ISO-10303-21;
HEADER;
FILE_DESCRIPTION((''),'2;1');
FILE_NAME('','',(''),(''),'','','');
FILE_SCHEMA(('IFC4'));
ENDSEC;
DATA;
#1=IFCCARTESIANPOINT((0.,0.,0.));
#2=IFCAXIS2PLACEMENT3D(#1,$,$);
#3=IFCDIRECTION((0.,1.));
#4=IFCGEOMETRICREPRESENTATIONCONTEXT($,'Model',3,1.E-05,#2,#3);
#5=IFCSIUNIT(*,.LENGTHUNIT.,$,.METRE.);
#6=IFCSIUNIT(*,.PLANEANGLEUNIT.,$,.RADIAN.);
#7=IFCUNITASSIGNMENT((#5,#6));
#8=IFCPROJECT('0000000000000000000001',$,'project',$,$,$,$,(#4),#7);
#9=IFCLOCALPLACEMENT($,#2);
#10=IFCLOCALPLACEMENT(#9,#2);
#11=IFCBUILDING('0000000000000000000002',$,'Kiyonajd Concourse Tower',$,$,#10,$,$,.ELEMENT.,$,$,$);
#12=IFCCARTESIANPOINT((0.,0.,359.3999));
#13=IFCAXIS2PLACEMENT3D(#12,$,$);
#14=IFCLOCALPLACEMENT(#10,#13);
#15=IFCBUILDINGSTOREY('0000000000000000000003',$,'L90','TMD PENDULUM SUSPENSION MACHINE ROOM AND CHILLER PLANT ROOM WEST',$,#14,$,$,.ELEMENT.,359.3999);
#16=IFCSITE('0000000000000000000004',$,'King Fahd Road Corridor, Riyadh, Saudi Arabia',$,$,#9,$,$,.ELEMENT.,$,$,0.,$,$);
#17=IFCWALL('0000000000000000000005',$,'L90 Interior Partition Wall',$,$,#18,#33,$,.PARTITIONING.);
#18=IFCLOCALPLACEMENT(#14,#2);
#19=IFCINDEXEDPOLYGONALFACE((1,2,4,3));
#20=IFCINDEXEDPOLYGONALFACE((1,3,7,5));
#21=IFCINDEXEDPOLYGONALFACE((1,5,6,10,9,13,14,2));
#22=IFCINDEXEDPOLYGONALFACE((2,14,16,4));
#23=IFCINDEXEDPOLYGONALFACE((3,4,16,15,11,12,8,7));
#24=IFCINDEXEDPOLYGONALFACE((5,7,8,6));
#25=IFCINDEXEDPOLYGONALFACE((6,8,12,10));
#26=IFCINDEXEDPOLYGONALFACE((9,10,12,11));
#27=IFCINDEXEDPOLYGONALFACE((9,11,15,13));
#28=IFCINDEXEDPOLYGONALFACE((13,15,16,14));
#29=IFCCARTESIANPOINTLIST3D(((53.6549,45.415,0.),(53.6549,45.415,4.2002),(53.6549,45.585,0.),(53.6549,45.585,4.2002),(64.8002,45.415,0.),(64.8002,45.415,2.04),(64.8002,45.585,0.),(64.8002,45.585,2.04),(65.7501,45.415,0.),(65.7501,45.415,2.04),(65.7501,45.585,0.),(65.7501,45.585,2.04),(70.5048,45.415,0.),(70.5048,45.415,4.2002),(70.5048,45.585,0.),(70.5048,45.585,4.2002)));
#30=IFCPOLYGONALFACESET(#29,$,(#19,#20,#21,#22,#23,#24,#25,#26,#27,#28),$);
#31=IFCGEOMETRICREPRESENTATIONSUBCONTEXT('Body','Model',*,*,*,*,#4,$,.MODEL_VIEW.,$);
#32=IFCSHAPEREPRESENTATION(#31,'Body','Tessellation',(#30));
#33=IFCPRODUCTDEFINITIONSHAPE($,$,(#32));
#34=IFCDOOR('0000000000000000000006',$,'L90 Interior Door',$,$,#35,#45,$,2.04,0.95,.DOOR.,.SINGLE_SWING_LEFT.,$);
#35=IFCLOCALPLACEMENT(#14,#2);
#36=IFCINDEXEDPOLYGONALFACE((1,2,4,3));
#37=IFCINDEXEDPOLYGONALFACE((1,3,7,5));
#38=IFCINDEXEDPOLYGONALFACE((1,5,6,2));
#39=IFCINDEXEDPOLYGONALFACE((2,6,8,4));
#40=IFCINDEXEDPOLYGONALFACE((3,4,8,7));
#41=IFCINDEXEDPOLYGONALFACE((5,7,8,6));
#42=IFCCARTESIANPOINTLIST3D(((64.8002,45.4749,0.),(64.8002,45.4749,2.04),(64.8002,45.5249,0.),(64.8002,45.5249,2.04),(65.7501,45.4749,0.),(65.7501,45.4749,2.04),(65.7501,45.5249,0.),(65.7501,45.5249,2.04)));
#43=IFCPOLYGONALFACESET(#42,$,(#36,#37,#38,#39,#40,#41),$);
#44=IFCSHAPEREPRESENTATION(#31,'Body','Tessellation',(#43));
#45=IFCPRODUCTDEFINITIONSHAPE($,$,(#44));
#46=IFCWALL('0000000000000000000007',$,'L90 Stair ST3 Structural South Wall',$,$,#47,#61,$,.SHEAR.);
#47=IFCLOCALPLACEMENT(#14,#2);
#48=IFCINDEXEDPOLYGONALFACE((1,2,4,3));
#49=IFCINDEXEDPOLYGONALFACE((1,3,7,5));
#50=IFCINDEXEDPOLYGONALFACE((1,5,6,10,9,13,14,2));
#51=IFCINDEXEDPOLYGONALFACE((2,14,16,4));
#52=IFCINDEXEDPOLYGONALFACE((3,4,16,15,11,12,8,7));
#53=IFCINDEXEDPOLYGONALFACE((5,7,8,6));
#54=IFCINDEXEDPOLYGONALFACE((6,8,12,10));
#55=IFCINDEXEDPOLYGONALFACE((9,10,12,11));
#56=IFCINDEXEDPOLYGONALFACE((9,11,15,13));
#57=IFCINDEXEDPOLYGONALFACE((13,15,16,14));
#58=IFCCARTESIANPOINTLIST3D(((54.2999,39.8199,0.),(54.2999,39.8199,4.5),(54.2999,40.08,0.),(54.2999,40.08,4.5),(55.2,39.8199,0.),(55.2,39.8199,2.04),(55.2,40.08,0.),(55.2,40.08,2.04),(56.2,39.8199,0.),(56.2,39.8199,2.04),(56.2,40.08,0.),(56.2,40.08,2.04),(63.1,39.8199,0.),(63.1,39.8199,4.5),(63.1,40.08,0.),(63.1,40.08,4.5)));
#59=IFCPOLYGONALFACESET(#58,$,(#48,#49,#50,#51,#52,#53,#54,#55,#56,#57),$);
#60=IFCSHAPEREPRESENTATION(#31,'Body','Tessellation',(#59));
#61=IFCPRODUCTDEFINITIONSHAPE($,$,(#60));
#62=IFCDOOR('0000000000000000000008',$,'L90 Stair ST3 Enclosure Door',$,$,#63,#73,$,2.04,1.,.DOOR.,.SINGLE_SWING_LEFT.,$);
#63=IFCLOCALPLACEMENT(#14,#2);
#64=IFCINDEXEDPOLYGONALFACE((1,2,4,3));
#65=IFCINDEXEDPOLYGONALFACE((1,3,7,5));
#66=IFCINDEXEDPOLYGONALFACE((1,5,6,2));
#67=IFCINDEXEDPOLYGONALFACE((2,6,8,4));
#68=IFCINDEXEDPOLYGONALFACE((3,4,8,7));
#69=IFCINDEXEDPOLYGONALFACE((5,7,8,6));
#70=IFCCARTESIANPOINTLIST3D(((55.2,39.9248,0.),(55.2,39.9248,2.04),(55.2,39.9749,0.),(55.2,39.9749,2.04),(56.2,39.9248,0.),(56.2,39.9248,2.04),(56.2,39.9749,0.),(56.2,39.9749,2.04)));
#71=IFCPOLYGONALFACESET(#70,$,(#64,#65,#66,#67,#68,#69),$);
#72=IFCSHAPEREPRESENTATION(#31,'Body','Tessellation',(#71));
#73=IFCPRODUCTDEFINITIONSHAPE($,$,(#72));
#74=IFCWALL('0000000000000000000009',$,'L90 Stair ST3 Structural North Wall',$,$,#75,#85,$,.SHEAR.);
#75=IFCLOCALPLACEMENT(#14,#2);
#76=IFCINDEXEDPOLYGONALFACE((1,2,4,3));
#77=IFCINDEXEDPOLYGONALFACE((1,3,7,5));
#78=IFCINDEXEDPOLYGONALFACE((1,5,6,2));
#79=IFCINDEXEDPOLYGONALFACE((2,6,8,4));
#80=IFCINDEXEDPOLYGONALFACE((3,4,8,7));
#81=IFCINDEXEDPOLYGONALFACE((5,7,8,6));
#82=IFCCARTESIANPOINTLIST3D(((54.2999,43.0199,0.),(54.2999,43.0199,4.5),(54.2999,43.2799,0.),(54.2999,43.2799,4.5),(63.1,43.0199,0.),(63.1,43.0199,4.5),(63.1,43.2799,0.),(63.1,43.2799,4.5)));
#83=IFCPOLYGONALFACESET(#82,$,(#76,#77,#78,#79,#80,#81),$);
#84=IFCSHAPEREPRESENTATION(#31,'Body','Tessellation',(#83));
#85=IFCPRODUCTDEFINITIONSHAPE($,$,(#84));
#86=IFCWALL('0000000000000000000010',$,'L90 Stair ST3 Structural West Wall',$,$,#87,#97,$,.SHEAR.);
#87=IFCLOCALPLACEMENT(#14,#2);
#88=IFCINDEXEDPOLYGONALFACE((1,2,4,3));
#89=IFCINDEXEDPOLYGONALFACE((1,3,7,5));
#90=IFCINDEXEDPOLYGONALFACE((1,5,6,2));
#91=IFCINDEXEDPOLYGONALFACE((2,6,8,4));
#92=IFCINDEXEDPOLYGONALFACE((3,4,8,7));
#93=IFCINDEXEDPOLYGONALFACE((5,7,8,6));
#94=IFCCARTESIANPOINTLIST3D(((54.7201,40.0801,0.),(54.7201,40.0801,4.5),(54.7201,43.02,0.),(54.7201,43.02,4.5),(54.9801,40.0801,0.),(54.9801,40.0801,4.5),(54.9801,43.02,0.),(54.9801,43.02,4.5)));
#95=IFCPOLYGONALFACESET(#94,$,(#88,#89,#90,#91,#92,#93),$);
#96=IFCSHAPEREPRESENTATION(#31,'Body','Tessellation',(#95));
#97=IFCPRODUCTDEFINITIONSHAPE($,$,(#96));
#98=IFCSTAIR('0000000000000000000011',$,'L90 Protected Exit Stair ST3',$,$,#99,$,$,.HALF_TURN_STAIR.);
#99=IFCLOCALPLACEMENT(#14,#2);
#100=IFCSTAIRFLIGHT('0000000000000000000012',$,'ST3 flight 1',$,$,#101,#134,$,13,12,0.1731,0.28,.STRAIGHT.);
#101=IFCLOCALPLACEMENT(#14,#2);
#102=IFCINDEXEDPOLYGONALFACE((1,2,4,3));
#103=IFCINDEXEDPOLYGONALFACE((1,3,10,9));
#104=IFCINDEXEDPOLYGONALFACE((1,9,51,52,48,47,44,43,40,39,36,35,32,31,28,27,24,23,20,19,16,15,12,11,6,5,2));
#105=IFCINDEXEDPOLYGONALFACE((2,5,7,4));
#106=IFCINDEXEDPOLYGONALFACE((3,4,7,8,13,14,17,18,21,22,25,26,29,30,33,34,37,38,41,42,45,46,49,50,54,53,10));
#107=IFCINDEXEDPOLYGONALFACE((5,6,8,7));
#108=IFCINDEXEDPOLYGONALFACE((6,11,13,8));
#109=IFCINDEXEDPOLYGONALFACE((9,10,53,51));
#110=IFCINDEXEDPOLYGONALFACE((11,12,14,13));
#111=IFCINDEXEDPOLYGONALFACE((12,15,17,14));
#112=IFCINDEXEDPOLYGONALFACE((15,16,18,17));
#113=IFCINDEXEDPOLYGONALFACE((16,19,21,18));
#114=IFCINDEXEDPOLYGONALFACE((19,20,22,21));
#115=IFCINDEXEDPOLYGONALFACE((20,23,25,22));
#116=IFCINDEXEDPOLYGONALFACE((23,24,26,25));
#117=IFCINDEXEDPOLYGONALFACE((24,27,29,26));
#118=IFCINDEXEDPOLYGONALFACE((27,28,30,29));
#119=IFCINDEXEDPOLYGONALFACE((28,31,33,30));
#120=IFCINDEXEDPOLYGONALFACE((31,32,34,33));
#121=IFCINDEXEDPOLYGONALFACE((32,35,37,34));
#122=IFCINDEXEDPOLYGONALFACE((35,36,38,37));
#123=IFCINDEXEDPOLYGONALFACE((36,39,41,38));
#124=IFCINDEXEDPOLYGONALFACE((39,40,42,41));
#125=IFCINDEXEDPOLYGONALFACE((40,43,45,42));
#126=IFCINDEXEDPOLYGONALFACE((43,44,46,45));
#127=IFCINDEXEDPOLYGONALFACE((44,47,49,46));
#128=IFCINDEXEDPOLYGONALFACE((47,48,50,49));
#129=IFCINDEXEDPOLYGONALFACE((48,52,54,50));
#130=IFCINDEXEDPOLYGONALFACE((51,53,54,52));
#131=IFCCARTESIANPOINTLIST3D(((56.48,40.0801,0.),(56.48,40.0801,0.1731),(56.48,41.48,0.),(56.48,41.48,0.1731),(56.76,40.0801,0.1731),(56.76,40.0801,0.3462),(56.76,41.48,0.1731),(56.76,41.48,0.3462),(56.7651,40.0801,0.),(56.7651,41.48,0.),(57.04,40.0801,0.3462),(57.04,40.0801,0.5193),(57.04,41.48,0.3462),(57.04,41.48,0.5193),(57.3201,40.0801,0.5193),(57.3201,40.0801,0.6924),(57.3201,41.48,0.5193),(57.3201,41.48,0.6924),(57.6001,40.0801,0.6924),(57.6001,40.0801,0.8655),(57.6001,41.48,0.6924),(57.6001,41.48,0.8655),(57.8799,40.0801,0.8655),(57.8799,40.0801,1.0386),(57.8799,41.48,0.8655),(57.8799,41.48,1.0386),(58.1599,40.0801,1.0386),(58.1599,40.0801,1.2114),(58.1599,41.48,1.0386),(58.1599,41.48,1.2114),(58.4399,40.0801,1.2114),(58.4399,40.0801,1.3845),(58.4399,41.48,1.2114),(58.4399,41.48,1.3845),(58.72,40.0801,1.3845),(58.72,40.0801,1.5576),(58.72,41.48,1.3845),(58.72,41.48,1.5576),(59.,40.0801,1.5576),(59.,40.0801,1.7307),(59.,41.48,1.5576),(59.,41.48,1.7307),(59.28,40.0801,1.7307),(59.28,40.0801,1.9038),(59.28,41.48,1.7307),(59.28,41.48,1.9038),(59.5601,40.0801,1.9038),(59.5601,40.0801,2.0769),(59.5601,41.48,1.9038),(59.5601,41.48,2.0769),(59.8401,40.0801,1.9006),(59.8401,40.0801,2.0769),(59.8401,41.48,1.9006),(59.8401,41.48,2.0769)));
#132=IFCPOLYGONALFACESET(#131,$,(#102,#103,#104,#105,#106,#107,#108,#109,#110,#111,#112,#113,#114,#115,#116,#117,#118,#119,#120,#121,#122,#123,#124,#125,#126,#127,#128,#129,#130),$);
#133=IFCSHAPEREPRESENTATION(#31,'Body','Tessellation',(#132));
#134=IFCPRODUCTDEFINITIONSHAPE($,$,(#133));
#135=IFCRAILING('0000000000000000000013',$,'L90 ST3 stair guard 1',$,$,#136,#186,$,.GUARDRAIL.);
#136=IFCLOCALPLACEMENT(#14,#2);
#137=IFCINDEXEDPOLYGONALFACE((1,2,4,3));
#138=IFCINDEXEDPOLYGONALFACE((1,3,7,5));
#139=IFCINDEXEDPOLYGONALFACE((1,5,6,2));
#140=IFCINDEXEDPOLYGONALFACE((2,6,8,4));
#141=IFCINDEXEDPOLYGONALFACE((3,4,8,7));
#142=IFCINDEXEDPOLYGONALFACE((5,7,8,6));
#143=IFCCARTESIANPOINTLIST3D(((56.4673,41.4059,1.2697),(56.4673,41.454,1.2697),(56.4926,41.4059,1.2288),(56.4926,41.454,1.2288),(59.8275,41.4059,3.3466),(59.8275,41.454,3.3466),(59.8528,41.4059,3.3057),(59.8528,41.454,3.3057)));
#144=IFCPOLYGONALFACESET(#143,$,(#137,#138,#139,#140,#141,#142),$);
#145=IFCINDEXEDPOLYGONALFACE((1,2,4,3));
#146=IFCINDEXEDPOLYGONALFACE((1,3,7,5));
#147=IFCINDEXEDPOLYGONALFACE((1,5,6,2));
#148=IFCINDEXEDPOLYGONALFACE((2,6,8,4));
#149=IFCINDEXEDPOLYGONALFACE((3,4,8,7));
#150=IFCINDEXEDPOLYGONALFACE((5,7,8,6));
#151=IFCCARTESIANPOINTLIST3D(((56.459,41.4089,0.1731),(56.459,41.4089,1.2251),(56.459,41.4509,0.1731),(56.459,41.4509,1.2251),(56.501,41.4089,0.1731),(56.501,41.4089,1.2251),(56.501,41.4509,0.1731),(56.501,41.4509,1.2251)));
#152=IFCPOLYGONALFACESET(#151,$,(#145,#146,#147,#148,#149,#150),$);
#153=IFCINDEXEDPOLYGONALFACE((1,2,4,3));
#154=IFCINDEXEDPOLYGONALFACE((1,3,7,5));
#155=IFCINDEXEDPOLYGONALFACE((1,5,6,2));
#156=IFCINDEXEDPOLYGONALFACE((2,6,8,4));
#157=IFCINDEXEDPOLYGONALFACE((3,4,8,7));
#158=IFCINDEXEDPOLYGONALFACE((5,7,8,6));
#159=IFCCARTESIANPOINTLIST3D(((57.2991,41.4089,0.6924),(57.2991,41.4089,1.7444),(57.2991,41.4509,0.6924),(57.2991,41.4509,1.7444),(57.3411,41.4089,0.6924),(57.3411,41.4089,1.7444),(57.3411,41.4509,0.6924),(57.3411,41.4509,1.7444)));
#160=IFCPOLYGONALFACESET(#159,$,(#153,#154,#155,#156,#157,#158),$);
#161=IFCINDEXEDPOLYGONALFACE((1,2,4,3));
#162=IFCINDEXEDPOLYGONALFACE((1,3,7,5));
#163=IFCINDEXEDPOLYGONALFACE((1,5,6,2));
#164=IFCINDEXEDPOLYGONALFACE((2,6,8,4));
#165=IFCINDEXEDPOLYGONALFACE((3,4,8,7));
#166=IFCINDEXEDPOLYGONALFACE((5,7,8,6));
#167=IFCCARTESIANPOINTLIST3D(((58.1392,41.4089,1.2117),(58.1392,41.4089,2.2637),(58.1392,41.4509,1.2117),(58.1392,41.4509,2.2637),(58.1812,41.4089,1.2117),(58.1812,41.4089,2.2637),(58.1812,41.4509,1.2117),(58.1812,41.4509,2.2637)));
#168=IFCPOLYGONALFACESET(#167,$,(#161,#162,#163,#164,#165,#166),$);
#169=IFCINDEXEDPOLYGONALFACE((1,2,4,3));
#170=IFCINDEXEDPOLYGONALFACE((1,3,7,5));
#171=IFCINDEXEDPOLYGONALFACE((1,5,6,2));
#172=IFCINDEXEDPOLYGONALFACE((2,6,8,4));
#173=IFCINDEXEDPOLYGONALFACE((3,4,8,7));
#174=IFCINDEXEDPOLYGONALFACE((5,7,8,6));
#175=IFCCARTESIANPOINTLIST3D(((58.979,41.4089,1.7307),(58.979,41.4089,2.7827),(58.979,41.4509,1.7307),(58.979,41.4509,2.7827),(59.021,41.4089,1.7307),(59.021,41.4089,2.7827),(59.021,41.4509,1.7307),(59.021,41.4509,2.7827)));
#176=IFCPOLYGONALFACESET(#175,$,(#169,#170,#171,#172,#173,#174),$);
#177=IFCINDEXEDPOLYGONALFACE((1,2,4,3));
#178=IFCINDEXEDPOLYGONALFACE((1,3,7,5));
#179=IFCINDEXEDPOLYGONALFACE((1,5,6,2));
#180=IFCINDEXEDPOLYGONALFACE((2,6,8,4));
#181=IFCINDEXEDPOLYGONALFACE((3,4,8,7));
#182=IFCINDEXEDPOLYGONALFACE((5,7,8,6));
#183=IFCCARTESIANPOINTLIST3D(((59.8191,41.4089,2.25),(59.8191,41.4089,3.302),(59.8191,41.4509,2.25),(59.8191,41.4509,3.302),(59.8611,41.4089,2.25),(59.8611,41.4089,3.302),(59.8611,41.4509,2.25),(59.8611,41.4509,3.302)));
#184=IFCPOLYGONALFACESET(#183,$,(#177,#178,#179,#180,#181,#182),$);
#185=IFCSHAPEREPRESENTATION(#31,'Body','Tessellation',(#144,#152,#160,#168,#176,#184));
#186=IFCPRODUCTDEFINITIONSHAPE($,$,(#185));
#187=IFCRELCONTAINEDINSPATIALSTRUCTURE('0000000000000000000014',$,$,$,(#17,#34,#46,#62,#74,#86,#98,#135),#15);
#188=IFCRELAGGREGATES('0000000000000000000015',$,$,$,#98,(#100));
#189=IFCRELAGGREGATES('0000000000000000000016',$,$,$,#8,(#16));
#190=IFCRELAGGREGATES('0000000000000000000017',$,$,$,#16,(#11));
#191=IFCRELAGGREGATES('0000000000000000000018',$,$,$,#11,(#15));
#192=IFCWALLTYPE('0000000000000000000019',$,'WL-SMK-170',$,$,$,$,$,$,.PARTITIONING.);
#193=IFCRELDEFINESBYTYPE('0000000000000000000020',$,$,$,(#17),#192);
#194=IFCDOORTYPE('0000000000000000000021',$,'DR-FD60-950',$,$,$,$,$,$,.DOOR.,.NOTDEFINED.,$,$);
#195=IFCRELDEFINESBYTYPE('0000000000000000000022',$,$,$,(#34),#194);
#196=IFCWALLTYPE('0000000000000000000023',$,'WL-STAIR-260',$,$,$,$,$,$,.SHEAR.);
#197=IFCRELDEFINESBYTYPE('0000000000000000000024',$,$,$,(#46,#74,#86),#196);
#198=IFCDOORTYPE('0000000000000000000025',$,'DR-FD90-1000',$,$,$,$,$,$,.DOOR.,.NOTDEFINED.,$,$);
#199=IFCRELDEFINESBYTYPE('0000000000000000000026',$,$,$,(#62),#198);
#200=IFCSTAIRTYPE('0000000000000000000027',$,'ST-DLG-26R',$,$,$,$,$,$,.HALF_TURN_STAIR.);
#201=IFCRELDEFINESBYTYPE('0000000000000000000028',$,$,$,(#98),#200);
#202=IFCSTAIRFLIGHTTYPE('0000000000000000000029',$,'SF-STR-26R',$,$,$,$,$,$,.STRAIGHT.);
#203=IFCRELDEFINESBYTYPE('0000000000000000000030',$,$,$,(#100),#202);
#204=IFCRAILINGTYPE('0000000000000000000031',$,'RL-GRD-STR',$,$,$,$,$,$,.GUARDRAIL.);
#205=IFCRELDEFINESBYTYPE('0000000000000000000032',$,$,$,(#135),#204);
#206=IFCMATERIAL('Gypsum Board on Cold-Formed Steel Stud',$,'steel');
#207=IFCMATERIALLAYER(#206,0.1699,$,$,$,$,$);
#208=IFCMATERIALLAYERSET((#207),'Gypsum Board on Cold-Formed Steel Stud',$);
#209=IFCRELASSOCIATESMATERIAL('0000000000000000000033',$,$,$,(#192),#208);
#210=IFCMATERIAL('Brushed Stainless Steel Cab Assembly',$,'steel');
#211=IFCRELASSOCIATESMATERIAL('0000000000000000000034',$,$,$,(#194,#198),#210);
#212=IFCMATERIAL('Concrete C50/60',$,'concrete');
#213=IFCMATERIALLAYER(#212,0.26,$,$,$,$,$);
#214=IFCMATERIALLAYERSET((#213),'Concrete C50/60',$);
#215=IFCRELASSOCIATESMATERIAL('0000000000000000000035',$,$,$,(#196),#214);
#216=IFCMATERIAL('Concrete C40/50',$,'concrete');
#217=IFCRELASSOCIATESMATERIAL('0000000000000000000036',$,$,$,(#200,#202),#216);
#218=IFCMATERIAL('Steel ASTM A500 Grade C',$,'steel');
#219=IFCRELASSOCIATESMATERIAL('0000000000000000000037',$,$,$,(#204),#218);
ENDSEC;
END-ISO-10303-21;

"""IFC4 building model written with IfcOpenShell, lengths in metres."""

from ifc_helpers import new_model, si_unit, direction, frame, frame_2d, origin, origin_2d, place, context, subcontext, project, spatial, polyline, rectangle, outline, extrude, material, layer, layer_set, type_object, element, fill, aggregate, save


model = new_model("IFC4")

# Units and contexts
model_context = context("Model", 3, precision=1e-05, world=origin(), true_north=direction((0.0, 1.0)))
body_context = subcontext(model_context, "Body", "Model", "MODEL_VIEW")
ifc_project = project(units=[si_unit("LENGTHUNIT", "METRE"), si_unit("PLANEANGLEUNIT", "RADIAN")], contexts=[model_context])

# Site, building, storey
site_placement = place(None, origin())
site = spatial("IfcSite", under=ifc_project, at=site_placement, Name="King Fahd Road Corridor, Riyadh, Saudi Arabia", CompositionType="ELEMENT", RefElevation=0.0)
building_placement = place(site_placement, origin())
building = spatial("IfcBuilding", under=site, at=building_placement, Name="Kiyonajd Concourse Tower", CompositionType="ELEMENT")
storey_placement = place(building_placement, frame((0.0, 0.0, 359.3999)))
storey = spatial("IfcBuildingStorey", under=building, at=storey_placement, Name="L90", Description="TMD PENDULUM SUSPENSION MACHINE ROOM AND CHILLER PLANT ROOM WEST", CompositionType="ELEMENT", Elevation=359.3999)

# Shared definitions
ifc_material_1 = material(Name="Concrete C50/60", Category="concrete")

# Shared definitions
ifc_material_2 = material(Name="Steel ASTM A500 Grade C", Category="steel")

# Walls, openings, doors
ifc_material_3 = material(Name="Gypsum Board on Cold-Formed Steel Stud", Category="steel")
ifc_layer_1 = layer(ifc_material_3, 0.1699)
ifc_layer_set_1 = layer_set([ifc_layer_1], Name="Gypsum Board on Cold-Formed Steel Stud")
wall_type_1 = type_object("IfcWallType", Name="WL-SMK-170", PredefinedType="PARTITIONING", material=ifc_layer_set_1)
wall_1_placement = place(storey_placement, frame((53.655, 45.5, 0.0), z_axis=(0.0, 0.0, 1.0), x_axis=(1.0, 0.0, 0.0)))
wall_1 = element("IfcWall", 1, at=wall_1_placement, inside=storey, type_object=wall_type_1, Name="L90 Interior Partition Wall", PredefinedType="PARTITIONING", context=body_context, shape_type="SweptSolid", body=[
    extrude(rectangle(XDim=16.8499, YDim=0.1699, at=frame_2d((8.4248, 0.0))), origin(), (0.0, 0.0, 1.0), 4.2002),
])
opening_1_placement = place(wall_1_placement, frame((11.145, 0.0, 0.0)))
opening_1 = element("IfcOpeningElement", 2, at=opening_1_placement, cuts=wall_1, PredefinedType="OPENING", context=body_context, shape_type="SweptSolid", body=[
    extrude(rectangle(XDim=0.95, YDim=2.04, at=frame_2d((0.4751, 1.02))), frame((0.0, 0.095, 0.0), z_axis=(0.0, -1.0, 0.0), x_axis=(1.0, 0.0, 0.0)), (0.0, 0.0, 1.0), 0.1899),
])
ifc_material_4 = material(Name="Brushed Stainless Steel Cab Assembly", Category="steel")
door_type_1 = type_object("IfcDoorType", Name="DR-FD60-950", OperationType="NOTDEFINED", PredefinedType="DOOR", material=ifc_material_4)
door_1_placement = place(opening_1_placement, origin())
door_1 = element("IfcDoor", 3, at=door_1_placement, inside=storey, type_object=door_type_1, Name="L90 Interior Door", OperationType="SINGLE_SWING_LEFT", OverallHeight=2.04, OverallWidth=0.95, PredefinedType="DOOR", context=body_context, shape_type="SweptSolid", body=[
    extrude(rectangle(XDim=0.95, YDim=2.04, at=frame_2d((0.4751, 1.02))), frame((0.0, 0.0249, 0.0), z_axis=(0.0, -1.0, 0.0), x_axis=(1.0, 0.0, 0.0)), (0.0, 0.0, 1.0), 0.05),
])
fill(opening_1, door_1)
ifc_layer_2 = layer(ifc_material_1, 0.26)
ifc_layer_set_2 = layer_set([ifc_layer_2], Name="Concrete C50/60")
wall_type_2 = type_object("IfcWallType", Name="WL-STAIR-260", PredefinedType="SHEAR", material=ifc_layer_set_2)
wall_2_placement = place(storey_placement, frame((54.3, 39.95, 0.0), z_axis=(0.0, 0.0, 1.0), x_axis=(1.0, 0.0, 0.0)))
wall_2 = element("IfcWall", 4, at=wall_2_placement, inside=storey, type_object=wall_type_2, Name="L90 Stair ST3 Structural South Wall", PredefinedType="SHEAR", context=body_context, shape_type="SweptSolid", body=[
    extrude(rectangle(XDim=8.8, YDim=0.26, at=frame_2d((4.3999, 0.0))), origin(), (0.0, 0.0, 1.0), 4.5),
])
opening_2_placement = place(wall_2_placement, frame((0.8999, 0.0, 0.0)))
opening_2 = element("IfcOpeningElement", 5, at=opening_2_placement, cuts=wall_2, PredefinedType="OPENING", context=body_context, shape_type="SweptSolid", body=[
    extrude(rectangle(XDim=1.0, YDim=2.04, at=frame_2d((0.5, 1.02))), frame((0.0, 0.1399, 0.0), z_axis=(0.0, -1.0, 0.0), x_axis=(1.0, 0.0, 0.0)), (0.0, 0.0, 1.0), 0.28),
])
door_type_2 = type_object("IfcDoorType", Name="DR-FD90-1000", OperationType="NOTDEFINED", PredefinedType="DOOR", material=ifc_material_4)
door_2_placement = place(opening_2_placement, origin())
door_2 = element("IfcDoor", 6, at=door_2_placement, inside=storey, type_object=door_type_2, Name="L90 Stair ST3 Enclosure Door", OperationType="SINGLE_SWING_LEFT", OverallHeight=2.04, OverallWidth=1.0, PredefinedType="DOOR", context=body_context, shape_type="SweptSolid", body=[
    extrude(rectangle(XDim=1.0, YDim=2.04, at=frame_2d((0.5, 1.02))), frame((0.0, 0.0249, 0.0), z_axis=(0.0, -1.0, 0.0), x_axis=(1.0, 0.0, 0.0)), (0.0, 0.0, 1.0), 0.05),
])
fill(opening_2, door_2)

# Walls
wall_3_placement = place(storey_placement, frame((54.3, 43.1499, 0.0), z_axis=(0.0, 0.0, 1.0), x_axis=(1.0, 0.0, 0.0)))
element("IfcWall", 7, at=wall_3_placement, inside=storey, type_object=wall_type_2, Name="L90 Stair ST3 Structural North Wall", PredefinedType="SHEAR", context=body_context, shape_type="SweptSolid", body=[
    extrude(rectangle(XDim=8.8, YDim=0.26, at=frame_2d((4.3999, 0.0))), origin(), (0.0, 0.0, 1.0), 4.5),
])
wall_4_placement = place(storey_placement, frame((54.8501, 40.0801, 0.0), z_axis=(0.0, 0.0, 1.0), x_axis=(0.0, 1.0, 0.0)))
element("IfcWall", 8, at=wall_4_placement, inside=storey, type_object=wall_type_2, Name="L90 Stair ST3 Structural West Wall", PredefinedType="SHEAR", context=body_context, shape_type="SweptSolid", body=[
    extrude(rectangle(XDim=2.9399, YDim=0.26, at=frame_2d((1.47, 0.0))), origin(), (0.0, 0.0, 1.0), 4.5),
])

# Stair, stair flight
ifc_material_5 = material(Name="Concrete C40/50", Category="concrete")
stair_type = type_object("IfcStairType", Name="ST-DLG-26R", PredefinedType="HALF_TURN_STAIR", material=ifc_material_5)
stair_placement = place(storey_placement, origin())
stair = element("IfcStair", 9, at=stair_placement, inside=storey, type_object=stair_type, Name="L90 Protected Exit Stair ST3", PredefinedType="HALF_TURN_STAIR")
stair_flight_type = type_object("IfcStairFlightType", Name="SF-STR-26R", PredefinedType="STRAIGHT", material=ifc_material_5)
stair_flight_placement = place(storey_placement, frame((56.48, 40.78, 0.0), z_axis=(0.0, 0.0, 1.0), x_axis=(1.0, 0.0, 0.0)))
stair_flight = element("IfcStairFlight", 10, at=stair_flight_placement, type_object=stair_flight_type, Name="ST3 flight 1", NumberOfRisers=13, NumberOfTreads=12, PredefinedType="STRAIGHT", RiserHeight=0.1731, TreadLength=0.28, context=body_context, shape_type="SweptSolid", body=[
    extrude(outline(polyline([(0.0, 0.0), (0.0, 0.1731), (0.28, 0.1731), (0.28, 0.3462), (0.5601, 0.3462), (0.5601, 0.5193), (0.8401, 0.5193), (0.8401, 0.6924), (1.1201, 0.6924), (1.1201, 0.8655), (1.3999, 0.8655), (1.3999, 1.0386), (1.6799, 1.0386), (1.6799, 1.2114), (1.96, 1.2114), (1.96, 1.3845), (2.24, 1.3845), (2.24, 1.5576), (2.52, 1.5576), (2.52, 1.7307), (2.8, 1.7307), (2.8, 1.9038), (3.0801, 1.9038), (3.0801, 2.0769), (3.3601, 2.0769), (3.3601, 2.25), (3.3601, 1.9006), (0.2852, 0.0), (0.0, 0.0)])), frame((0.0, 0.7, 0.0), z_axis=(0.0, -1.0, 0.0), x_axis=(1.0, 0.0, 0.0)), (0.0, 0.0, 1.0), 1.3999),
])
aggregate(stair, [stair_flight])

# Railing
railing_type_1 = type_object("IfcRailingType", Name="RL-GRD-STR", PredefinedType="GUARDRAIL", material=ifc_material_2)
railing_1_placement = place(storey_placement, frame((56.48, 41.4299, 0.1731)))
element("IfcRailing", 11, at=railing_1_placement, inside=storey, type_object=railing_type_1, Name="L90 ST3 stair guard 1", PredefinedType="GUARDRAIL", context=body_context, shape_type="SweptSolid", body=[
    extrude(rectangle(XDim=0.0481, YDim=0.0481, at=origin_2d()), frame((0.0, 0.0, 1.0762), z_axis=(0.850623, 0.0, 0.525776), x_axis=(0.0, 1.0, 0.0)), (0.0, 0.0, 1.0), 3.9502),
    extrude(rectangle(XDim=0.042, YDim=0.042, at=origin_2d()), origin(), (0.0, 0.0, 1.0), 1.052),
    extrude(rectangle(XDim=0.042, YDim=0.042, at=origin_2d()), frame((0.8401, 0.0, 0.5193)), (0.0, 0.0, 1.0), 1.052),
    extrude(rectangle(XDim=0.042, YDim=0.042, at=origin_2d()), frame((1.6802, 0.0, 1.0386)), (0.0, 0.0, 1.0), 1.052),
    extrude(rectangle(XDim=0.042, YDim=0.042, at=origin_2d()), frame((2.52, 0.0, 1.5576)), (0.0, 0.0, 1.0), 1.052),
    extrude(rectangle(XDim=0.042, YDim=0.042, at=origin_2d()), frame((3.3601, 0.0, 2.0769)), (0.0, 0.0, 1.0), 1.052),
])

save(model, "model.ifc")
